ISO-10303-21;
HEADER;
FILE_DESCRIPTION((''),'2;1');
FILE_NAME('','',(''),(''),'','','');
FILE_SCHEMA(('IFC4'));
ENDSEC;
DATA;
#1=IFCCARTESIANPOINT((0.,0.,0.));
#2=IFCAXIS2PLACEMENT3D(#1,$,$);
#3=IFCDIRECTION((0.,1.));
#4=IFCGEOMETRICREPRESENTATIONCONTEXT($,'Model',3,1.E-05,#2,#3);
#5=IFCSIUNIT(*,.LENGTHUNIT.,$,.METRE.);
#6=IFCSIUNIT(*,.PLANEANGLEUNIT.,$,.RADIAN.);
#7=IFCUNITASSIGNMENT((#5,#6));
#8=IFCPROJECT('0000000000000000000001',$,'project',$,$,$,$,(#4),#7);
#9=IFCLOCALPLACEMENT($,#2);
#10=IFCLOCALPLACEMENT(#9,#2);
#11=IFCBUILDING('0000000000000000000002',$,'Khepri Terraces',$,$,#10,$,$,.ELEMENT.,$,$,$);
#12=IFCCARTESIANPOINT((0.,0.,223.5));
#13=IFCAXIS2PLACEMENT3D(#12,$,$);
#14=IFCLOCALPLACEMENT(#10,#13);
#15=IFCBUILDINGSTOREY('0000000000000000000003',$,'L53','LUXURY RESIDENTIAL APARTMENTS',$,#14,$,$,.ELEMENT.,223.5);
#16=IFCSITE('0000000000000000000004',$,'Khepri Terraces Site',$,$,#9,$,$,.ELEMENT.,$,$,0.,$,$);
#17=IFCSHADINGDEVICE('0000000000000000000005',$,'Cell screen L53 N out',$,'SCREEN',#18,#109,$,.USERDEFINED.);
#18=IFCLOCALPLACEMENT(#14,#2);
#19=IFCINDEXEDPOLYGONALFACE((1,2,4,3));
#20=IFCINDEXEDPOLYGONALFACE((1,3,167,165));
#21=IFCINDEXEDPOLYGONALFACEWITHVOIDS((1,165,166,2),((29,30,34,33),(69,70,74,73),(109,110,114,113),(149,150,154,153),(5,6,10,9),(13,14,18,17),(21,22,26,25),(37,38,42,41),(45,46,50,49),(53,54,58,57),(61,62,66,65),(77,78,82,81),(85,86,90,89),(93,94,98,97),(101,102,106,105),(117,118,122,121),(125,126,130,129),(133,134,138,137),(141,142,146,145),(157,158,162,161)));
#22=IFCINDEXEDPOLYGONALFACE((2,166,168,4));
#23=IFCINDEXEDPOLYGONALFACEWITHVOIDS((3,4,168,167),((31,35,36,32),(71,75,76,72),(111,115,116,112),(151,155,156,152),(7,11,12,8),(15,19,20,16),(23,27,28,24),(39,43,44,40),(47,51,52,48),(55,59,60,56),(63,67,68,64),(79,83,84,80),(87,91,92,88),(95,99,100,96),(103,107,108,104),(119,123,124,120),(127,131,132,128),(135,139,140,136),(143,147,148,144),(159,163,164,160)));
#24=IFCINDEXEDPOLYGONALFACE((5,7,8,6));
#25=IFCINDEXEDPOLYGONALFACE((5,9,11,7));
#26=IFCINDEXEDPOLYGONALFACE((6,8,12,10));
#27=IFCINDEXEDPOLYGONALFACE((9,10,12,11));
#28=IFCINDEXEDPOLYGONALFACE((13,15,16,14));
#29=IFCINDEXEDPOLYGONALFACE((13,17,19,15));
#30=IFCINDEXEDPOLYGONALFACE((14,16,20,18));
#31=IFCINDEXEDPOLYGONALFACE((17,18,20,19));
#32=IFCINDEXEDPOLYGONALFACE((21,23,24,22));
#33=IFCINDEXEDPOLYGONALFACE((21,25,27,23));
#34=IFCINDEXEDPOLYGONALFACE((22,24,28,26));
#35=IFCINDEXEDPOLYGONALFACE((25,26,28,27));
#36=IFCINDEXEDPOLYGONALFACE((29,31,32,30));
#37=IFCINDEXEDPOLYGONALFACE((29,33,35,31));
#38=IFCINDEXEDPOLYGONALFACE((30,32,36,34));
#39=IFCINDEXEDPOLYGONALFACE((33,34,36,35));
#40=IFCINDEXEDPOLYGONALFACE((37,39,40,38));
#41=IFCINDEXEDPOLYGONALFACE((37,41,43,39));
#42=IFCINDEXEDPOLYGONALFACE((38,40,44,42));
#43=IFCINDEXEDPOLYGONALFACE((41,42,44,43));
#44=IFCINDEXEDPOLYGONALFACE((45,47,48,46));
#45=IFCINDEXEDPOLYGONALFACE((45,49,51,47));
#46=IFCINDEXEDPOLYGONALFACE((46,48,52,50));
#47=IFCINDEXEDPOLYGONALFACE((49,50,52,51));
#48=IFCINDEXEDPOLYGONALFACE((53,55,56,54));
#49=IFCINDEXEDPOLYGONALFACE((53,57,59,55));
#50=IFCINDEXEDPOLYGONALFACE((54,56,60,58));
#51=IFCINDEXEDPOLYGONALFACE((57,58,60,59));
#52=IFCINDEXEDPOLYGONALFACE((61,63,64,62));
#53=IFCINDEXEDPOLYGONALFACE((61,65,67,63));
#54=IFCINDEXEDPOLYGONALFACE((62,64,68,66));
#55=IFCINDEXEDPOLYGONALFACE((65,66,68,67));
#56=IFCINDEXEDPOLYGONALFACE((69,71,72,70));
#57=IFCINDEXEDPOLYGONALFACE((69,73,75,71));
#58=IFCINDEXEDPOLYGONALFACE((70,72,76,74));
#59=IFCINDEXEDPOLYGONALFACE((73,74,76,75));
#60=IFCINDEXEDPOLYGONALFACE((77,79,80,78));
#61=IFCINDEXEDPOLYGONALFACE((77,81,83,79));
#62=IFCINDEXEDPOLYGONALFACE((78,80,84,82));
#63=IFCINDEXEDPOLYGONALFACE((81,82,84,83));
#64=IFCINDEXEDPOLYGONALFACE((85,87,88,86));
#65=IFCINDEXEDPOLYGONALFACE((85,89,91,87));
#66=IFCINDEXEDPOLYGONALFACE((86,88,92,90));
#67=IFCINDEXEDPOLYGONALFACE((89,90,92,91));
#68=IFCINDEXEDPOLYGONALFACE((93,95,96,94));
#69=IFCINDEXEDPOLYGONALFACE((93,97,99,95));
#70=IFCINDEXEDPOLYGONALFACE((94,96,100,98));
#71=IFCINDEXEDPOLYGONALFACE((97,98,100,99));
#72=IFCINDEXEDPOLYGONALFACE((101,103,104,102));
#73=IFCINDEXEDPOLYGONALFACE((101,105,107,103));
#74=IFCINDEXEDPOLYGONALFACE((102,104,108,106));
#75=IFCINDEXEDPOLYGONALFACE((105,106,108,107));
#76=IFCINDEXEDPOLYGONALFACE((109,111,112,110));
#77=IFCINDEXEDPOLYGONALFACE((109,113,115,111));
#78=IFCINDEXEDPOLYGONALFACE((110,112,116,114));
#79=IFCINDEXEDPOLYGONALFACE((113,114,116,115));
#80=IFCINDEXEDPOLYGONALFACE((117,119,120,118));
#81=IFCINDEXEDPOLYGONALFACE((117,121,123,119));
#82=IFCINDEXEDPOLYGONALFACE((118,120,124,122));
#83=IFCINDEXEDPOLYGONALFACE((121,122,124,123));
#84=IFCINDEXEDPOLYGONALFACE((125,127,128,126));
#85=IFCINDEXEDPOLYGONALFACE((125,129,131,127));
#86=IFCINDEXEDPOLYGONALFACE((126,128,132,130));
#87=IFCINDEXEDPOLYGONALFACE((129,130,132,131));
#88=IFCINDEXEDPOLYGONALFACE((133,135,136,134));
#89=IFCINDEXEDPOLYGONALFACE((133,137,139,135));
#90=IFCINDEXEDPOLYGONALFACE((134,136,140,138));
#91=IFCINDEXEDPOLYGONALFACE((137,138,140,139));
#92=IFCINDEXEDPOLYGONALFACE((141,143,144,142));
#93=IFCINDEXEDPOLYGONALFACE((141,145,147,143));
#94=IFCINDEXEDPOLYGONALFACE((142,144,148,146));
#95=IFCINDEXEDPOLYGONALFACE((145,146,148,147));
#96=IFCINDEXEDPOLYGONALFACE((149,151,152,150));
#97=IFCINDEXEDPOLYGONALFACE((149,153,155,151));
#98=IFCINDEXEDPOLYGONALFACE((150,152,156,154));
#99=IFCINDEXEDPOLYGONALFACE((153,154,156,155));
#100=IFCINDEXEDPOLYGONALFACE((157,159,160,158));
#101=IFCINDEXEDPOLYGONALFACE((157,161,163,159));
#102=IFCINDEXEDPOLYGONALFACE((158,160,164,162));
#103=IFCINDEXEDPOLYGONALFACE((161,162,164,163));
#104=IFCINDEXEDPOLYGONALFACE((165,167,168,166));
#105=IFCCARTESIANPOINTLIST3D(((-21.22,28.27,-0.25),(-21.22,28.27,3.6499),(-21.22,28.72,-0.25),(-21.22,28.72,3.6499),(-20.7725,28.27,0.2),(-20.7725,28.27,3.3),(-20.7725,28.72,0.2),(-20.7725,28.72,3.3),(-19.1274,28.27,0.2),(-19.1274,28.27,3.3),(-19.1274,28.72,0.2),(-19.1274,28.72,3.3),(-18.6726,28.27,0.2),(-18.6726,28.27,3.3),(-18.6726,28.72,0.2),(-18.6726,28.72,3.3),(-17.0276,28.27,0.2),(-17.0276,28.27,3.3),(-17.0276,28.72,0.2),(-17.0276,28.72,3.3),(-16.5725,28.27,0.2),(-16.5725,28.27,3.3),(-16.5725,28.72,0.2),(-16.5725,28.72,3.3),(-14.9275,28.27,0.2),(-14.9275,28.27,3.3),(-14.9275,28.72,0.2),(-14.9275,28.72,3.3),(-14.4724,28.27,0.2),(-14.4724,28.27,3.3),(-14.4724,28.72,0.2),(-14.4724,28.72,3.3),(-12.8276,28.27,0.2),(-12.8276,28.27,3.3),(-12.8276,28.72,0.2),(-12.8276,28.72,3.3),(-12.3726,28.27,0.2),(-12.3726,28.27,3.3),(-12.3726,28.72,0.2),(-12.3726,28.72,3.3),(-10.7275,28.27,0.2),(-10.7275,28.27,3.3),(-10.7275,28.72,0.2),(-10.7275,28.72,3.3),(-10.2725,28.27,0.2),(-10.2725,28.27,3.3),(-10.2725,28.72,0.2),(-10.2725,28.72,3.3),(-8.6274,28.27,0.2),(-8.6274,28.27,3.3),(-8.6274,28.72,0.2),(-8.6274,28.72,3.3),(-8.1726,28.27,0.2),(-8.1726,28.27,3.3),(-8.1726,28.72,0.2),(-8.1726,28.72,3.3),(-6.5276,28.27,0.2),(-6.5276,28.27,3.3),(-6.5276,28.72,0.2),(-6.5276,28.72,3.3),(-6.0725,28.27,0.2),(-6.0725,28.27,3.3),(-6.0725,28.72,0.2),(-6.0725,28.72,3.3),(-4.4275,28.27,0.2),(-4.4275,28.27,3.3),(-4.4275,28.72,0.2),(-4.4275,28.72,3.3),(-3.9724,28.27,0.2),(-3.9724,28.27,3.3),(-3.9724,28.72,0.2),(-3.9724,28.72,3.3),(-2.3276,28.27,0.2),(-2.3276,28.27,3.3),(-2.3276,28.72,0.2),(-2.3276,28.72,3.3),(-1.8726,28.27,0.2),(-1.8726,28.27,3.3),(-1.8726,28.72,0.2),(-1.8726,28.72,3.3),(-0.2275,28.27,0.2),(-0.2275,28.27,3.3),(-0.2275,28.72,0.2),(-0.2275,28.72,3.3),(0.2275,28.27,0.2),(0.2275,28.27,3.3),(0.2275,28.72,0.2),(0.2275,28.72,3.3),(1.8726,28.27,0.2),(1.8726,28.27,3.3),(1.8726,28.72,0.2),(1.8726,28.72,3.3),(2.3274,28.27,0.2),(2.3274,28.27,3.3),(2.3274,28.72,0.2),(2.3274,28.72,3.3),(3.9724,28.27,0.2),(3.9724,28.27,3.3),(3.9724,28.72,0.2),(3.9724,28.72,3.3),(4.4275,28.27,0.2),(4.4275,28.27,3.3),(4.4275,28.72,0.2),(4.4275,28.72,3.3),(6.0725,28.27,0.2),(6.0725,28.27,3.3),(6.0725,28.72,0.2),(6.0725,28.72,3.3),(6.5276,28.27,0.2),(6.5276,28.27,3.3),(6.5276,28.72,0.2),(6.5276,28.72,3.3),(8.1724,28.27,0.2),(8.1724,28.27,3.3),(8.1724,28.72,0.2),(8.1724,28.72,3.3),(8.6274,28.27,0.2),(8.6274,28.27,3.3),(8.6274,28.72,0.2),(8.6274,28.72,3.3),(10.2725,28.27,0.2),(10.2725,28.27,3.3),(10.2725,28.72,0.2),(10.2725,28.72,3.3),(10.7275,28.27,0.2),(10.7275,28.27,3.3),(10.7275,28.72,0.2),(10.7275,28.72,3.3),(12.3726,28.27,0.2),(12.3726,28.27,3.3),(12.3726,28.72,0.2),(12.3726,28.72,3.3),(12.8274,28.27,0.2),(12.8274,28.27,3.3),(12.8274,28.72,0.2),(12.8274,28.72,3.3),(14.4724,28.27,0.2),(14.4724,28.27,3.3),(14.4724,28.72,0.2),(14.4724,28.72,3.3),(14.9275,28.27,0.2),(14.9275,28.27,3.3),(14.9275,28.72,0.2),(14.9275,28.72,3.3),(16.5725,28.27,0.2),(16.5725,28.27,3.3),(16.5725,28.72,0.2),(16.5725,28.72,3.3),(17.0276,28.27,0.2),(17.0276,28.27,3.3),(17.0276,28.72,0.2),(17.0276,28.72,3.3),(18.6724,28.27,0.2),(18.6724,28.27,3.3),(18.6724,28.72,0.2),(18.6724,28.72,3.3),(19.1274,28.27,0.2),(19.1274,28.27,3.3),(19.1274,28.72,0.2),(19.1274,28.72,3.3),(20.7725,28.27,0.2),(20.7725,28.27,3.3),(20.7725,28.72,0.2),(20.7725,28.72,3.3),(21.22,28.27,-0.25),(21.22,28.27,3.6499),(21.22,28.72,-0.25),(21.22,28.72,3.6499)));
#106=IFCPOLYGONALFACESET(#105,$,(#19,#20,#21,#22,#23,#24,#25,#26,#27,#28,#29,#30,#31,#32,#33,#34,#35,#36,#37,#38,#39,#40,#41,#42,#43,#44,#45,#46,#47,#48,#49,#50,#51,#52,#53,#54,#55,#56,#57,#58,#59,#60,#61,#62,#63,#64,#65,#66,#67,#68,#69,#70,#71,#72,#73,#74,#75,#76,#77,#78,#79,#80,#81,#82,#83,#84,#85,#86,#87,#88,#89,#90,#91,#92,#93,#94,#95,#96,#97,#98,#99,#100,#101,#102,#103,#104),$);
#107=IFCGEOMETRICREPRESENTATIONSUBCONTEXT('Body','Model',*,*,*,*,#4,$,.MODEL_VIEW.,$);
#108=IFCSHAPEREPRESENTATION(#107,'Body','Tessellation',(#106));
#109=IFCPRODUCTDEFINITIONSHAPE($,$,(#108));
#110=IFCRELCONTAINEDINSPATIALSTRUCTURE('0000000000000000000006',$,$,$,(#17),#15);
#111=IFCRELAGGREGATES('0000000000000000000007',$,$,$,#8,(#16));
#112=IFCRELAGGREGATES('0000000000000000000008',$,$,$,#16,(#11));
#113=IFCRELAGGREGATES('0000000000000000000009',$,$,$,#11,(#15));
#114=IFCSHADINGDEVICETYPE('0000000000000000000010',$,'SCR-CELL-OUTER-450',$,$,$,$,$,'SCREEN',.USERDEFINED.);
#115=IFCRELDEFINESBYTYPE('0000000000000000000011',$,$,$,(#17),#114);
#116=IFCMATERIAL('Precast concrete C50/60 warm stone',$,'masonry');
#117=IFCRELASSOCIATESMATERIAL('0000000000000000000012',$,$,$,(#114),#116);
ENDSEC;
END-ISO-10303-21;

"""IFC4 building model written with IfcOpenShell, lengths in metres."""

from ifc_helpers import new_model, si_unit, direction, frame, origin, place, context, subcontext, project, spatial, polyline, outline, extrude, material, type_object, element, save


model = new_model("IFC4")

# Units and contexts
model_context = context("Model", 3, precision=1e-05, world=origin(), true_north=direction((0.0, 1.0)))
body_context = subcontext(model_context, "Body", "Model", "MODEL_VIEW")
ifc_project = project(units=[si_unit("LENGTHUNIT", "METRE"), si_unit("PLANEANGLEUNIT", "RADIAN")], contexts=[model_context])

# Site, building, storey
site_placement = place(None, origin())
site = spatial("IfcSite", under=ifc_project, at=site_placement, Name="Khepri Terraces Site", CompositionType="ELEMENT", RefElevation=0.0)
building_placement = place(site_placement, origin())
building = spatial("IfcBuilding", under=site, at=building_placement, Name="Khepri Terraces", CompositionType="ELEMENT")
storey_placement = place(building_placement, frame((0.0, 0.0, 223.5)))
storey = spatial("IfcBuildingStorey", under=building, at=storey_placement, Name="L53", Description="LUXURY RESIDENTIAL APARTMENTS", CompositionType="ELEMENT", Elevation=223.5)

# Shared definitions
ifc_material_1 = material(Name="Precast concrete C50/60 warm stone", Category="masonry")

# Shading device
shading_device_type_1 = type_object("IfcShadingDeviceType", Name="SCR-CELL-OUTER-450", ElementType="SCREEN", PredefinedType="USERDEFINED", material=ifc_material_1)
shading_device_1_placement = place(storey_placement, frame((21.22, 28.27, -0.25), z_axis=(0.0, 1.0, 0.0), x_axis=(-1.0, 0.0, 0.0)))
element("IfcShadingDevice", 1, at=shading_device_1_placement, inside=storey, type_object=shading_device_type_1, Name="Cell screen L53 N out", ObjectType="SCREEN", PredefinedType="USERDEFINED", context=body_context, shape_type="SweptSolid", body=[
    extrude(outline(polyline([(0.0, 0.0), (42.4399, 0.0), (42.4399, 3.8999), (0.0, 3.8999), (0.0, 0.0)]), holes=[polyline([(0.4475, 0.45), (2.0925, 0.45), (2.0925, 3.55), (0.4475, 3.55), (0.4475, 0.45)]), polyline([(2.5476, 0.45), (4.1924, 0.45), (4.1924, 3.55), (2.5476, 3.55), (2.5476, 0.45)]), polyline([(4.6475, 0.45), (6.2925, 0.45), (6.2925, 3.55), (4.6475, 3.55), (4.6475, 0.45)]), polyline([(6.7476, 0.45), (8.3926, 0.45), (8.3926, 3.55), (6.7476, 3.55), (6.7476, 0.45)]), polyline([(8.8474, 0.45), (10.4924, 0.45), (10.4924, 3.55), (8.8474, 3.55), (8.8474, 0.45)]), polyline([(10.9475, 0.45), (12.5925, 0.45), (12.5925, 3.55), (10.9475, 3.55), (10.9475, 0.45)]), polyline([(13.0476, 0.45), (14.6924, 0.45), (14.6924, 3.55), (13.0476, 3.55), (13.0476, 0.45)]), polyline([(15.1475, 0.45), (16.7925, 0.45), (16.7925, 3.55), (15.1475, 3.55), (15.1475, 0.45)]), polyline([(17.2476, 0.45), (18.8926, 0.45), (18.8926, 3.55), (17.2476, 3.55), (17.2476, 0.45)]), polyline([(19.3474, 0.45), (20.9924, 0.45), (20.9924, 3.55), (19.3474, 3.55), (19.3474, 0.45)]), polyline([(21.4475, 0.45), (23.0925, 0.45), (23.0925, 3.55), (21.4475, 3.55), (21.4475, 0.45)]), polyline([(23.5476, 0.45), (25.1924, 0.45), (25.1924, 3.55), (23.5476, 3.55), (23.5476, 0.45)]), polyline([(25.6475, 0.45), (27.2925, 0.45), (27.2925, 3.55), (25.6475, 3.55), (25.6475, 0.45)]), polyline([(27.7476, 0.45), (29.3926, 0.45), (29.3926, 3.55), (27.7476, 3.55), (27.7476, 0.45)]), polyline([(29.8474, 0.45), (31.4924, 0.45), (31.4924, 3.55), (29.8474, 3.55), (29.8474, 0.45)]), polyline([(31.9475, 0.45), (33.5925, 0.45), (33.5925, 3.55), (31.9475, 3.55), (31.9475, 0.45)]), polyline([(34.0476, 0.45), (35.6924, 0.45), (35.6924, 3.55), (34.0476, 3.55), (34.0476, 0.45)]), polyline([(36.1475, 0.45), (37.7925, 0.45), (37.7925, 3.55), (36.1475, 3.55), (36.1475, 0.45)]), polyline([(38.2476, 0.45), (39.8926, 0.45), (39.8926, 3.55), (38.2476, 3.55), (38.2476, 0.45)]), polyline([(40.3474, 0.45), (41.9924, 0.45), (41.9924, 3.55), (40.3474, 3.55), (40.3474, 0.45)])]), origin(), (0.0, 0.0, 1.0), 0.45),
])

save(model, "model.ifc")
